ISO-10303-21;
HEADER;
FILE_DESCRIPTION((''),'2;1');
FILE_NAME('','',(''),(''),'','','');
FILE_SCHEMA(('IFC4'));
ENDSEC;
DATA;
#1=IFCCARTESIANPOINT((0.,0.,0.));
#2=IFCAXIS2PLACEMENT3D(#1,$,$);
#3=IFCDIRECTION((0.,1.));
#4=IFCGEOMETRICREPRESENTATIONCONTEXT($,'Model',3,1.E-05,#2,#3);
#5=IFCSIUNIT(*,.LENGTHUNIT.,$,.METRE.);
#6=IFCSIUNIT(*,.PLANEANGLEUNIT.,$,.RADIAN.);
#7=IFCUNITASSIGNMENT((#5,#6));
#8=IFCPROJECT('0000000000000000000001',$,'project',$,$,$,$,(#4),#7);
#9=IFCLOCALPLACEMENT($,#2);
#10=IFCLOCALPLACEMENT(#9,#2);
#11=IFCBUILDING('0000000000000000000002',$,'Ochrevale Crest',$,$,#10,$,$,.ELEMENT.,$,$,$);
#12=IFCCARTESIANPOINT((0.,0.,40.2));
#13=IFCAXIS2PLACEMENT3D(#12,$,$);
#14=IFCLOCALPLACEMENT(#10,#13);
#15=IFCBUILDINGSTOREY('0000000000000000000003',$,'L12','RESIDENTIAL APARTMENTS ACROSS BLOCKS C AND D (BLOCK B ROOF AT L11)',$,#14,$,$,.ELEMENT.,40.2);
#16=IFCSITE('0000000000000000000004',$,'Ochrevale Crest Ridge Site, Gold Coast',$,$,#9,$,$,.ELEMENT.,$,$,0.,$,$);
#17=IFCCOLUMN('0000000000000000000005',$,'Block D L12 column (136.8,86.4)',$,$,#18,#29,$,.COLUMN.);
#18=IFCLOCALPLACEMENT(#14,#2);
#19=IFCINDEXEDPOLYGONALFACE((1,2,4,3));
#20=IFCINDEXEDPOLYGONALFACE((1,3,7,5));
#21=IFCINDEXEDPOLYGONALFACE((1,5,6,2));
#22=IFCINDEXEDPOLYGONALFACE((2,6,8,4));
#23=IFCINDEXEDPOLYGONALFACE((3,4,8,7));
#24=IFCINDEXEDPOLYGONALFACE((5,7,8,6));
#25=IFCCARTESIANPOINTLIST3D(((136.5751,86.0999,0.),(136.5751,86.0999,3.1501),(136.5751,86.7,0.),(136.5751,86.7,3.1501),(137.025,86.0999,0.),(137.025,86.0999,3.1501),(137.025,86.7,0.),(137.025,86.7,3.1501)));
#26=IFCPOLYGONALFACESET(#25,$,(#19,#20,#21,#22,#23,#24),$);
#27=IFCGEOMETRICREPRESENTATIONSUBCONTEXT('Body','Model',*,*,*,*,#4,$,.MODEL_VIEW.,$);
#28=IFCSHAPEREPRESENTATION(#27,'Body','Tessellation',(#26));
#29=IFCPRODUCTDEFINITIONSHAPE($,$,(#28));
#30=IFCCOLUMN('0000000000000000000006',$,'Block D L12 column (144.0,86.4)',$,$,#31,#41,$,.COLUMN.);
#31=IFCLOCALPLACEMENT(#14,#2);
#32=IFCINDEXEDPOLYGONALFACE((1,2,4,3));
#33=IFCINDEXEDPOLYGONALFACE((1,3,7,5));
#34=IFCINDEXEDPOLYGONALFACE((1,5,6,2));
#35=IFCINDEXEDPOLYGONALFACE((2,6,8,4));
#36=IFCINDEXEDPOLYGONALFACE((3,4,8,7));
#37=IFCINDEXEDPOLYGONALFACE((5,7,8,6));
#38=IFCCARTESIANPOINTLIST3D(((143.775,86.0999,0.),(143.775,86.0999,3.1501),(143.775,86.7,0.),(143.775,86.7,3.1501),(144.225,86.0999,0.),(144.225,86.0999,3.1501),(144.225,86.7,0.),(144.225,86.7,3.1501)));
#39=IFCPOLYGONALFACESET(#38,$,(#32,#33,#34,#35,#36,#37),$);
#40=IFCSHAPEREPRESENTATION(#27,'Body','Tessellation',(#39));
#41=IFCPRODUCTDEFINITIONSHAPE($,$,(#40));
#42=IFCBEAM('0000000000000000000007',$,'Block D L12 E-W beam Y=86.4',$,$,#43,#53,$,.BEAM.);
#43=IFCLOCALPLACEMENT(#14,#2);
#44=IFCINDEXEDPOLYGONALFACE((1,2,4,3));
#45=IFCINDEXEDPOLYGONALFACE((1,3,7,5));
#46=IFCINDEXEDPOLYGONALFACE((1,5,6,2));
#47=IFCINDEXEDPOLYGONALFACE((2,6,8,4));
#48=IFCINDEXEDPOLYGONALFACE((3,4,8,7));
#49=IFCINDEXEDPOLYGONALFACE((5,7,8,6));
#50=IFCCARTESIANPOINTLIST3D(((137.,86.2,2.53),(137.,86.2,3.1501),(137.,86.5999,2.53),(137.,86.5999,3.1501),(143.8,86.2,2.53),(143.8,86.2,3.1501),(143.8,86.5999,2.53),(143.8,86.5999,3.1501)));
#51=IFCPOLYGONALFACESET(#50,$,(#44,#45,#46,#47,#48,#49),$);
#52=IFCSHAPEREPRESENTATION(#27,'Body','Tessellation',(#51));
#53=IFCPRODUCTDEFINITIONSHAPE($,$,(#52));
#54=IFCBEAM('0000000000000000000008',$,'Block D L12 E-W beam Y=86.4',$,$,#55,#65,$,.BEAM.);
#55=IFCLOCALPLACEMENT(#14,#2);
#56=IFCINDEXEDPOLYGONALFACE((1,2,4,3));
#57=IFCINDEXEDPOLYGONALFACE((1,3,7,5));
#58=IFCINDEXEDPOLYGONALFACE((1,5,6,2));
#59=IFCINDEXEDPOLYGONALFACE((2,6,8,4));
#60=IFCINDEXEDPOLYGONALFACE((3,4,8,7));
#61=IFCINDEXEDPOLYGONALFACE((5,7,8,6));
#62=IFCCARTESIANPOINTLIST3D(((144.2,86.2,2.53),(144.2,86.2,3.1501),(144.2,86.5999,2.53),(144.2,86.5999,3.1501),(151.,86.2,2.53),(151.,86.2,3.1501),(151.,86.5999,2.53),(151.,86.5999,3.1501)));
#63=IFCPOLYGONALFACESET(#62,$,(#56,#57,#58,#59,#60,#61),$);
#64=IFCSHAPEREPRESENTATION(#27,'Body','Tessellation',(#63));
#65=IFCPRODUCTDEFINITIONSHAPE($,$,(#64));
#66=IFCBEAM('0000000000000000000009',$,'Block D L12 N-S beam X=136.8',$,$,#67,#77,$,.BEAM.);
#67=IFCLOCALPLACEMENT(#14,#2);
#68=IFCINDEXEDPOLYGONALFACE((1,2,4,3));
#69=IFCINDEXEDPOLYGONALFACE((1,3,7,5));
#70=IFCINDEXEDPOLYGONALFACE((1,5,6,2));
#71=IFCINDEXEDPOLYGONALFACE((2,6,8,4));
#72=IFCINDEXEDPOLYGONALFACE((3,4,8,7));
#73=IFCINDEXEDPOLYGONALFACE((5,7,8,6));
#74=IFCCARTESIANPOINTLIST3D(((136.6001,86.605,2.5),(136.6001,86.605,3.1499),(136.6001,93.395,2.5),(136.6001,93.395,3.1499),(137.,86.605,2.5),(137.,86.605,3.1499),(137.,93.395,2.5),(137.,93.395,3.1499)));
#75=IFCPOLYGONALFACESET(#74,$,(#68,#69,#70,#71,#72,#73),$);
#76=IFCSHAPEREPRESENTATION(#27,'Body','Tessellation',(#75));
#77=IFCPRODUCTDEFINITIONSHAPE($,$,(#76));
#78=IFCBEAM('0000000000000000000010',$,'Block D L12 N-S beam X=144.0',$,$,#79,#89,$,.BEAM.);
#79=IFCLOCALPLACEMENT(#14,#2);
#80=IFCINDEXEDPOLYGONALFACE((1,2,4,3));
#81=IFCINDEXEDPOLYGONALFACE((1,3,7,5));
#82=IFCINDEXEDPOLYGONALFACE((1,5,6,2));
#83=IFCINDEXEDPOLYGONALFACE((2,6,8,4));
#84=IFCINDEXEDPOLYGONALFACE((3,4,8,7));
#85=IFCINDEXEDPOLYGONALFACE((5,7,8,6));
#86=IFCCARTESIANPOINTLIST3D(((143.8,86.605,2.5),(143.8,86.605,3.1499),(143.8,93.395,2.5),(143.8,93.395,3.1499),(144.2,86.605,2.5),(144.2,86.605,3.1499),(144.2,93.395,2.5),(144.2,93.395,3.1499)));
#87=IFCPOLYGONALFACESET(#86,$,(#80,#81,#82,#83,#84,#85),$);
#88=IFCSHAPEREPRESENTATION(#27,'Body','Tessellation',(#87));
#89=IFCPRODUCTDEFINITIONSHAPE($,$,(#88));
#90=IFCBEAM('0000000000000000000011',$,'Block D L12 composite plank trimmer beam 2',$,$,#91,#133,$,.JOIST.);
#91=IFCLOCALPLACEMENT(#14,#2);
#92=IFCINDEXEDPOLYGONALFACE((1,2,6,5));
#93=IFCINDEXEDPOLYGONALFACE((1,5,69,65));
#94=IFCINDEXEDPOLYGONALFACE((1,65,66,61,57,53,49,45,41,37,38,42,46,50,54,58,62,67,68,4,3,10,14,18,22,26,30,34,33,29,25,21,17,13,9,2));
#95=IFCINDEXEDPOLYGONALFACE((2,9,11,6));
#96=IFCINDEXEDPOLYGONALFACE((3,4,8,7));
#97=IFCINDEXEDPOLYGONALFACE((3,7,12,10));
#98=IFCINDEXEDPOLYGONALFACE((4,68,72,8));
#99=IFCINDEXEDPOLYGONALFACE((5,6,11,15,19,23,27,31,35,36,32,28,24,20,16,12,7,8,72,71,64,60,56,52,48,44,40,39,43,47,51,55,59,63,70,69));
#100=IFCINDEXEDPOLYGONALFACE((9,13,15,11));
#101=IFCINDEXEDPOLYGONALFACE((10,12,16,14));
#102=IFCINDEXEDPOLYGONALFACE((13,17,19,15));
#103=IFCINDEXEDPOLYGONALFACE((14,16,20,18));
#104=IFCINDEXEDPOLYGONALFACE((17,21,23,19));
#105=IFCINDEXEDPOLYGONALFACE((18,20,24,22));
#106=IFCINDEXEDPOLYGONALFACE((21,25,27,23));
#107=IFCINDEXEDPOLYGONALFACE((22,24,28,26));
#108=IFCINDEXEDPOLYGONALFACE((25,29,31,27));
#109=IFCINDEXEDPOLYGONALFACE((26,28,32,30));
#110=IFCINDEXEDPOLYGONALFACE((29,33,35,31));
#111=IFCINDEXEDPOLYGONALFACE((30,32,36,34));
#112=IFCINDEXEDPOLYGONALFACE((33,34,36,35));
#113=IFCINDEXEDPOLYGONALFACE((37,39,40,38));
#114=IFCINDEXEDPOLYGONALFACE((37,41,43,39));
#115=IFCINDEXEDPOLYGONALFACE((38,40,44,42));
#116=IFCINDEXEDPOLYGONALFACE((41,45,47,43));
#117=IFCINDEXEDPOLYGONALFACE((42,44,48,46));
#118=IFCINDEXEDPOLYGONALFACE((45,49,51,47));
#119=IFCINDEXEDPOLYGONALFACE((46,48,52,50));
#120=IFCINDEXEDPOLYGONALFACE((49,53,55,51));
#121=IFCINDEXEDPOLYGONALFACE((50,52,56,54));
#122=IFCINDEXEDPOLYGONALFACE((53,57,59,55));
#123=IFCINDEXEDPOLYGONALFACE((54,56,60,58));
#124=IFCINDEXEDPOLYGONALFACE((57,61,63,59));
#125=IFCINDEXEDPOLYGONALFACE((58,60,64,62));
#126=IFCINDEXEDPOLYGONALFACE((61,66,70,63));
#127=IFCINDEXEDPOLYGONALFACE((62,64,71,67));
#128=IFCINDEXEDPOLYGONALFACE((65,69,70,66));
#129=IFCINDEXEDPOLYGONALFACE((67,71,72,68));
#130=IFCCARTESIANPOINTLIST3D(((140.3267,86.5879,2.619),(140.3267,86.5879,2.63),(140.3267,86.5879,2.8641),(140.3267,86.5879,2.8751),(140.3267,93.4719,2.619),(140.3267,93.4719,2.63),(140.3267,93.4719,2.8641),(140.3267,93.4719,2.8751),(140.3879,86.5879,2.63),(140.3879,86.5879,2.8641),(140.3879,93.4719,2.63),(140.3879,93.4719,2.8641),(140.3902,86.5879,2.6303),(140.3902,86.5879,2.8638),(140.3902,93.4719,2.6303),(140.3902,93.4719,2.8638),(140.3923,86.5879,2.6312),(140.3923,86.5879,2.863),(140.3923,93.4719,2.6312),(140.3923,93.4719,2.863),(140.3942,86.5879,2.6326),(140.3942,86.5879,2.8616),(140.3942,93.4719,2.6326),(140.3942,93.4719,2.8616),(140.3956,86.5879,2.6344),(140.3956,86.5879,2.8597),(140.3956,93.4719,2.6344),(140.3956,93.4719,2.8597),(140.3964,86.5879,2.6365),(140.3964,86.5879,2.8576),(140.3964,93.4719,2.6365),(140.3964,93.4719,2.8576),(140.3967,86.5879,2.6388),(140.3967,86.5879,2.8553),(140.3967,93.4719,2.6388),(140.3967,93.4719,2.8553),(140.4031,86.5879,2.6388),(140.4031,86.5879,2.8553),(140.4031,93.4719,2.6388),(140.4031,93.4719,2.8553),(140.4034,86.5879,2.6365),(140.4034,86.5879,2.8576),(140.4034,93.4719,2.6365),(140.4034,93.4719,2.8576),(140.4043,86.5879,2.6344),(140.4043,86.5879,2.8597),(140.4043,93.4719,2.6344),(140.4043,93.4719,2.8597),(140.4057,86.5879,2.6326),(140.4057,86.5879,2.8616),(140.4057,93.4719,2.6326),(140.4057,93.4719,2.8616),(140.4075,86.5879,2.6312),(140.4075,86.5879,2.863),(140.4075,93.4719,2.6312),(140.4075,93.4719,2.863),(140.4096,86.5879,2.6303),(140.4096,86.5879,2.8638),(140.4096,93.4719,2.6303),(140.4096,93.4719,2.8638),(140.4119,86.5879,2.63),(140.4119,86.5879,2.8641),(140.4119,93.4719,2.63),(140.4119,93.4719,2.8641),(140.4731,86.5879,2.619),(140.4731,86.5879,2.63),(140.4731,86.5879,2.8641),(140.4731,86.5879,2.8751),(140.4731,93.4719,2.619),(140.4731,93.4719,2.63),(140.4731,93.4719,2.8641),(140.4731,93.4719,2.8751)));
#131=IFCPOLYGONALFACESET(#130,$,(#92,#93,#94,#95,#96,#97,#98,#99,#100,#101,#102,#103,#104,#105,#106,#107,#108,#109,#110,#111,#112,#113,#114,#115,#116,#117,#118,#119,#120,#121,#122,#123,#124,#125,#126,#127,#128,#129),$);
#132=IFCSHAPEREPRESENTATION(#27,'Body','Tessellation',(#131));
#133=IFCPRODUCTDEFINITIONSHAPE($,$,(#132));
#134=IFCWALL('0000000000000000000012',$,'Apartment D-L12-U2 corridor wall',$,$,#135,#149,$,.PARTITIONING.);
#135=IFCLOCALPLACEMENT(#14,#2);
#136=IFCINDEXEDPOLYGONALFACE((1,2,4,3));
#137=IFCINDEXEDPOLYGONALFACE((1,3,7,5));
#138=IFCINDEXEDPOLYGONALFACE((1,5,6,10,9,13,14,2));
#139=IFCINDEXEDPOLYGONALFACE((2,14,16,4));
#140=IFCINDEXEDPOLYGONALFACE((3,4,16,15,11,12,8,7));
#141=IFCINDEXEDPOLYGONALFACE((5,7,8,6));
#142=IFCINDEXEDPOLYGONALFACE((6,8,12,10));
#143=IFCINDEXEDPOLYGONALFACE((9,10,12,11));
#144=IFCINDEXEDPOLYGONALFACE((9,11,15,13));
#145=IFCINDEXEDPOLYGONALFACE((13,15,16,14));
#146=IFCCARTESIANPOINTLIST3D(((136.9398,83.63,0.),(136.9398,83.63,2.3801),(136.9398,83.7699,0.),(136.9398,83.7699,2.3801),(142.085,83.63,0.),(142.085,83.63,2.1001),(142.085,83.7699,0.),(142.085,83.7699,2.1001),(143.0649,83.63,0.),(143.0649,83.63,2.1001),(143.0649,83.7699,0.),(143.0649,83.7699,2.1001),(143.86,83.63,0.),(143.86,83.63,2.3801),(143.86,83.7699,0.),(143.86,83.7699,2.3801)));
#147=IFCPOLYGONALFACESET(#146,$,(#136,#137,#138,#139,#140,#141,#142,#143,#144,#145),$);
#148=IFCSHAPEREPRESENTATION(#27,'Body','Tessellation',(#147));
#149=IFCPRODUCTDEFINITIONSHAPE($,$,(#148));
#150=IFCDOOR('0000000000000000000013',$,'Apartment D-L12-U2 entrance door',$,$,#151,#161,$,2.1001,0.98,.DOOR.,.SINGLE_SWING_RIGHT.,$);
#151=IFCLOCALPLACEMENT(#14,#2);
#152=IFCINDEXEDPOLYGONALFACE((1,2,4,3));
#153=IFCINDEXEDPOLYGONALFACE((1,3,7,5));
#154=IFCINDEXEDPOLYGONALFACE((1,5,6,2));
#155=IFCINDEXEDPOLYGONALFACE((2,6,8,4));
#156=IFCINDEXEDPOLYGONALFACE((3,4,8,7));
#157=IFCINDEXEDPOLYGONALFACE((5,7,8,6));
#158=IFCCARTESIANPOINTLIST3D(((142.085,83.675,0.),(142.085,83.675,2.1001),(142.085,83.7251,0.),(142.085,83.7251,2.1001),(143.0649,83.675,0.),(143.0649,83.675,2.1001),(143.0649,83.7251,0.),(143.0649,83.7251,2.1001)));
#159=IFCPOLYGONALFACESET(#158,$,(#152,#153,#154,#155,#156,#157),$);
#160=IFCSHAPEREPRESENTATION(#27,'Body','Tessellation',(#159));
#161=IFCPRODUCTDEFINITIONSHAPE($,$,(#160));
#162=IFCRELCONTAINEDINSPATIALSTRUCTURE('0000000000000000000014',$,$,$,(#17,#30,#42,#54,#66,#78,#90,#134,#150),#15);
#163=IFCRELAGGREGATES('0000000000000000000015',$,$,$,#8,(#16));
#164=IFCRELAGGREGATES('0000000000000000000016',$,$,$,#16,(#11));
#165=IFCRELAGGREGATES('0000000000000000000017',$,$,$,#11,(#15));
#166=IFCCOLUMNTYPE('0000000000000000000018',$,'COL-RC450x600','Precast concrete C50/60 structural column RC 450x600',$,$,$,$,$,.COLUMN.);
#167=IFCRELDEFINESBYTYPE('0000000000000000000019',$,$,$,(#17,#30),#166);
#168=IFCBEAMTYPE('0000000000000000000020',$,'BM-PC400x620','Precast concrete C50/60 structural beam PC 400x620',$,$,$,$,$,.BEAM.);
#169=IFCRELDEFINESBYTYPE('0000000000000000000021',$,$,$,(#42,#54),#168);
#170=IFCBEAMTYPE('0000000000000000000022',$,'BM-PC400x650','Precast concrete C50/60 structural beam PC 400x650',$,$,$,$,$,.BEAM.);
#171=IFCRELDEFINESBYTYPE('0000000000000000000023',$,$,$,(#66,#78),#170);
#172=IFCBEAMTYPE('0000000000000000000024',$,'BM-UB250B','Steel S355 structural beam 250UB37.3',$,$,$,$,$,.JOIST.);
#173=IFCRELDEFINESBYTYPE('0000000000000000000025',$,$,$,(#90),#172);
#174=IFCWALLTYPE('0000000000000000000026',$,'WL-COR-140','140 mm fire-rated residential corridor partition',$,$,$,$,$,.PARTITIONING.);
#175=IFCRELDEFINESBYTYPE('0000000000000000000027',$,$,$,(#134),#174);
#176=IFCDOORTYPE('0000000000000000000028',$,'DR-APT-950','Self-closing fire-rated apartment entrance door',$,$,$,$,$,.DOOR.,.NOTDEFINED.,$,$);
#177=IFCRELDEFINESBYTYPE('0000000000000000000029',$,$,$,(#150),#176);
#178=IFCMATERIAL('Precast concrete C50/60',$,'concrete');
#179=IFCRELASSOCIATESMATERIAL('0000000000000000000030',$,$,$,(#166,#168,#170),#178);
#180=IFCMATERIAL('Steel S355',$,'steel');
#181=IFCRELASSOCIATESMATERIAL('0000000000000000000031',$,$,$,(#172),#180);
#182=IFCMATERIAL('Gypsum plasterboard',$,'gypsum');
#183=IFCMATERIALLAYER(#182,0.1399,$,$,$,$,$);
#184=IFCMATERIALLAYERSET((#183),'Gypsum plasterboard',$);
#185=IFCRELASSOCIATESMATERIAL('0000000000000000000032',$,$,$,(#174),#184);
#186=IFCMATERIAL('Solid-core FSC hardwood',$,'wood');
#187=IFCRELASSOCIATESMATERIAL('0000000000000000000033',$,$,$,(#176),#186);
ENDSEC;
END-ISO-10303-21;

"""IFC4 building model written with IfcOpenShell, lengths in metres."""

from ifc_helpers import new_model, si_unit, direction, frame, frame_2d, origin, origin_2d, place, context, subcontext, project, spatial, rectangle, i_section, extrude, material, layer, layer_set, material_profile, profile_set, type_object, element, fill, save


model = new_model("IFC4")

# Units and contexts
model_context = context("Model", 3, precision=1e-05, world=origin(), true_north=direction((0.0, 1.0)))
body_context = subcontext(model_context, "Body", "Model", "MODEL_VIEW")
ifc_project = project(units=[si_unit("LENGTHUNIT", "METRE"), si_unit("PLANEANGLEUNIT", "RADIAN")], contexts=[model_context])

# Site, building, storey
site_placement = place(None, origin())
site = spatial("IfcSite", under=ifc_project, at=site_placement, Name="Ochrevale Crest Ridge Site, Gold Coast", CompositionType="ELEMENT", RefElevation=0.0)
building_placement = place(site_placement, origin())
building = spatial("IfcBuilding", under=site, at=building_placement, Name="Ochrevale Crest", CompositionType="ELEMENT")
storey_placement = place(building_placement, frame((0.0, 0.0, 40.2)))
storey = spatial("IfcBuildingStorey", under=building, at=storey_placement, Name="L12", Description="RESIDENTIAL APARTMENTS ACROSS BLOCKS C AND D (BLOCK B ROOF AT L11)", CompositionType="ELEMENT", Elevation=40.2)

# Columns
ifc_material_1 = material(Name="Precast concrete C50/60", Category="concrete")
ifc_material_profile_1 = material_profile(ifc_material_1, rectangle(XDim=0.45, YDim=0.6001, at=origin_2d()), Name="RC 450x600")
ifc_profile_set_1 = profile_set([ifc_material_profile_1], Name="Precast concrete C50/60")
column_type = type_object("IfcColumnType", Name="COL-RC450x600", Description="Precast concrete C50/60 structural column RC 450x600", PredefinedType="COLUMN", material=ifc_profile_set_1)
for number, where, z_axis, x_axis, name in (
    (1, (136.8, 86.3999, 0.0), (0.0, 0.0, 1.0), (1.0, 0.0, 0.0), "Block D L12 column (136.8,86.4)"),
    (2, (144.0, 86.3999, 0.0), (0.0, 0.0, 1.0), (1.0, 0.0, 0.0), "Block D L12 column (144.0,86.4)"),
):
    element("IfcColumn", number, at=place(storey_placement, frame(where, z_axis=z_axis, x_axis=x_axis)), inside=storey, type_object=column_type, Name=name, PredefinedType="COLUMN", context=body_context, shape_type="SweptSolid", body=[
        extrude(rectangle(XDim=0.45, YDim=0.6001, at=origin_2d()), origin(), (0.0, 0.0, 1.0), 3.1501),
    ])

# Beams
ifc_material_profile_2 = material_profile(ifc_material_1, rectangle(XDim=0.3999, YDim=0.6201, at=origin_2d()), Name="PC 400x620")
ifc_profile_set_2 = profile_set([ifc_material_profile_2], Name="Precast concrete C50/60")
beam_type_1 = type_object("IfcBeamType", Name="BM-PC400x620", Description="Precast concrete C50/60 structural beam PC 400x620", PredefinedType="BEAM", material=ifc_profile_set_2)
for number, where, z_axis, x_axis, name in (
    (3, (137.0, 86.3999, 2.8401), (1.0, 0.0, 0.0), (0.0, 1.0, 0.0), "Block D L12 E-W beam Y=86.4"),
    (4, (144.2, 86.3999, 2.8401), (1.0, 0.0, 0.0), (0.0, 1.0, 0.0), "Block D L12 E-W beam Y=86.4"),
):
    element("IfcBeam", number, at=place(storey_placement, frame(where, z_axis=z_axis, x_axis=x_axis)), inside=storey, type_object=beam_type_1, Name=name, PredefinedType="BEAM", context=body_context, shape_type="SweptSolid", body=[
        extrude(rectangle(XDim=0.3999, YDim=0.6201, at=origin_2d()), origin(), (0.0, 0.0, 1.0), 6.8),
    ])
ifc_material_profile_3 = material_profile(ifc_material_1, rectangle(XDim=0.3999, YDim=0.6499, at=origin_2d()), Name="PC 400x650")
ifc_profile_set_3 = profile_set([ifc_material_profile_3], Name="Precast concrete C50/60")
beam_type_2 = type_object("IfcBeamType", Name="BM-PC400x650", Description="Precast concrete C50/60 structural beam PC 400x650", PredefinedType="BEAM", material=ifc_profile_set_3)
for number, where, z_axis, x_axis, name in (
    (5, (136.8, 86.605, 2.825), (0.0, 1.0, 0.0), (-1.0, 0.0, 0.0), "Block D L12 N-S beam X=136.8"),
    (6, (144.0, 86.605, 2.825), (0.0, 1.0, 0.0), (-1.0, 0.0, 0.0), "Block D L12 N-S beam X=144.0"),
):
    element("IfcBeam", number, at=place(storey_placement, frame(where, z_axis=z_axis, x_axis=x_axis)), inside=storey, type_object=beam_type_2, Name=name, PredefinedType="BEAM", context=body_context, shape_type="SweptSolid", body=[
        extrude(rectangle(XDim=0.3999, YDim=0.6499, at=origin_2d()), origin(), (0.0, 0.0, 1.0), 6.79),
    ])
ifc_material_2 = material(Name="Steel S355", Category="steel")
ifc_material_profile_4 = material_profile(ifc_material_2, i_section(OverallWidth=0.1465, OverallDepth=0.2561, WebThickness=0.0063, FlangeThickness=0.011, FilletRadius=0.0088, at=origin_2d()), Name="250UB37.3")
ifc_profile_set_4 = profile_set([ifc_material_profile_4], Name="Steel S355")
beam_type_3 = type_object("IfcBeamType", Name="BM-UB250B", Description="Steel S355 structural beam 250UB37.3", PredefinedType="JOIST", material=ifc_profile_set_4)
beam_placement = place(storey_placement, frame((140.3999, 86.5879, 2.7471), z_axis=(0.0, 1.0, 0.0), x_axis=(-1.0, 0.0, 0.0)))
element("IfcBeam", 7, at=beam_placement, inside=storey, type_object=beam_type_3, Name="Block D L12 composite plank trimmer beam 2", PredefinedType="JOIST", context=body_context, shape_type="SweptSolid", body=[
    extrude(i_section(OverallWidth=0.1465, OverallDepth=0.2561, WebThickness=0.0063, FlangeThickness=0.011, FilletRadius=0.0088, at=origin_2d()), origin(), (0.0, 0.0, 1.0), 6.884),
])

# Wall, opening, door
ifc_material_3 = material(Name="Gypsum plasterboard", Category="gypsum")
ifc_layer_1 = layer(ifc_material_3, 0.1399)
ifc_layer_set_1 = layer_set([ifc_layer_1], Name="Gypsum plasterboard")
wall_type_1 = type_object("IfcWallType", Name="WL-COR-140", Description="140 mm fire-rated residential corridor partition", PredefinedType="PARTITIONING", material=ifc_layer_set_1)
wall_1_placement = place(storey_placement, frame((136.9399, 83.7, 0.0), z_axis=(0.0, 0.0, 1.0), x_axis=(1.0, 0.0, 0.0)))
wall_1 = element("IfcWall", 8, at=wall_1_placement, inside=storey, type_object=wall_type_1, Name="Apartment D-L12-U2 corridor wall", PredefinedType="PARTITIONING", context=body_context, shape_type="SweptSolid", body=[
    extrude(rectangle(XDim=6.9202, YDim=0.1399, at=frame_2d((3.46, 0.0))), origin(), (0.0, 0.0, 1.0), 2.3801),
])
opening_1_placement = place(wall_1_placement, frame((6.125, 0.0, 0.0), z_axis=(0.0, 0.0, 1.0), x_axis=(-1.0, 0.0, 0.0)))
opening_1 = element("IfcOpeningElement", 9, at=opening_1_placement, cuts=wall_1, PredefinedType="OPENING", context=body_context, shape_type="SweptSolid", body=[
    extrude(rectangle(XDim=0.98, YDim=2.1001, at=frame_2d((0.49, 1.05))), frame((0.0, 0.0801, 0.0), z_axis=(0.0, -1.0, 0.0), x_axis=(1.0, 0.0, 0.0)), (0.0, 0.0, 1.0), 0.1599),
])
ifc_material_4 = material(Name="Solid-core FSC hardwood", Category="wood")
door_type_1 = type_object("IfcDoorType", Name="DR-APT-950", Description="Self-closing fire-rated apartment entrance door", OperationType="NOTDEFINED", PredefinedType="DOOR", material=ifc_material_4)
door_1_placement = place(opening_1_placement, origin())
door_1 = element("IfcDoor", 10, at=door_1_placement, inside=storey, type_object=door_type_1, Name="Apartment D-L12-U2 entrance door", OperationType="SINGLE_SWING_RIGHT", OverallHeight=2.1001, OverallWidth=0.98, PredefinedType="DOOR", context=body_context, shape_type="SweptSolid", body=[
    extrude(rectangle(XDim=0.98, YDim=2.1001, at=frame_2d((0.49, 1.05))), frame((0.0, 0.0249, 0.0), z_axis=(0.0, -1.0, 0.0), x_axis=(1.0, 0.0, 0.0)), (0.0, 0.0, 1.0), 0.05),
])
fill(opening_1, door_1)

save(model, "model.ifc")
